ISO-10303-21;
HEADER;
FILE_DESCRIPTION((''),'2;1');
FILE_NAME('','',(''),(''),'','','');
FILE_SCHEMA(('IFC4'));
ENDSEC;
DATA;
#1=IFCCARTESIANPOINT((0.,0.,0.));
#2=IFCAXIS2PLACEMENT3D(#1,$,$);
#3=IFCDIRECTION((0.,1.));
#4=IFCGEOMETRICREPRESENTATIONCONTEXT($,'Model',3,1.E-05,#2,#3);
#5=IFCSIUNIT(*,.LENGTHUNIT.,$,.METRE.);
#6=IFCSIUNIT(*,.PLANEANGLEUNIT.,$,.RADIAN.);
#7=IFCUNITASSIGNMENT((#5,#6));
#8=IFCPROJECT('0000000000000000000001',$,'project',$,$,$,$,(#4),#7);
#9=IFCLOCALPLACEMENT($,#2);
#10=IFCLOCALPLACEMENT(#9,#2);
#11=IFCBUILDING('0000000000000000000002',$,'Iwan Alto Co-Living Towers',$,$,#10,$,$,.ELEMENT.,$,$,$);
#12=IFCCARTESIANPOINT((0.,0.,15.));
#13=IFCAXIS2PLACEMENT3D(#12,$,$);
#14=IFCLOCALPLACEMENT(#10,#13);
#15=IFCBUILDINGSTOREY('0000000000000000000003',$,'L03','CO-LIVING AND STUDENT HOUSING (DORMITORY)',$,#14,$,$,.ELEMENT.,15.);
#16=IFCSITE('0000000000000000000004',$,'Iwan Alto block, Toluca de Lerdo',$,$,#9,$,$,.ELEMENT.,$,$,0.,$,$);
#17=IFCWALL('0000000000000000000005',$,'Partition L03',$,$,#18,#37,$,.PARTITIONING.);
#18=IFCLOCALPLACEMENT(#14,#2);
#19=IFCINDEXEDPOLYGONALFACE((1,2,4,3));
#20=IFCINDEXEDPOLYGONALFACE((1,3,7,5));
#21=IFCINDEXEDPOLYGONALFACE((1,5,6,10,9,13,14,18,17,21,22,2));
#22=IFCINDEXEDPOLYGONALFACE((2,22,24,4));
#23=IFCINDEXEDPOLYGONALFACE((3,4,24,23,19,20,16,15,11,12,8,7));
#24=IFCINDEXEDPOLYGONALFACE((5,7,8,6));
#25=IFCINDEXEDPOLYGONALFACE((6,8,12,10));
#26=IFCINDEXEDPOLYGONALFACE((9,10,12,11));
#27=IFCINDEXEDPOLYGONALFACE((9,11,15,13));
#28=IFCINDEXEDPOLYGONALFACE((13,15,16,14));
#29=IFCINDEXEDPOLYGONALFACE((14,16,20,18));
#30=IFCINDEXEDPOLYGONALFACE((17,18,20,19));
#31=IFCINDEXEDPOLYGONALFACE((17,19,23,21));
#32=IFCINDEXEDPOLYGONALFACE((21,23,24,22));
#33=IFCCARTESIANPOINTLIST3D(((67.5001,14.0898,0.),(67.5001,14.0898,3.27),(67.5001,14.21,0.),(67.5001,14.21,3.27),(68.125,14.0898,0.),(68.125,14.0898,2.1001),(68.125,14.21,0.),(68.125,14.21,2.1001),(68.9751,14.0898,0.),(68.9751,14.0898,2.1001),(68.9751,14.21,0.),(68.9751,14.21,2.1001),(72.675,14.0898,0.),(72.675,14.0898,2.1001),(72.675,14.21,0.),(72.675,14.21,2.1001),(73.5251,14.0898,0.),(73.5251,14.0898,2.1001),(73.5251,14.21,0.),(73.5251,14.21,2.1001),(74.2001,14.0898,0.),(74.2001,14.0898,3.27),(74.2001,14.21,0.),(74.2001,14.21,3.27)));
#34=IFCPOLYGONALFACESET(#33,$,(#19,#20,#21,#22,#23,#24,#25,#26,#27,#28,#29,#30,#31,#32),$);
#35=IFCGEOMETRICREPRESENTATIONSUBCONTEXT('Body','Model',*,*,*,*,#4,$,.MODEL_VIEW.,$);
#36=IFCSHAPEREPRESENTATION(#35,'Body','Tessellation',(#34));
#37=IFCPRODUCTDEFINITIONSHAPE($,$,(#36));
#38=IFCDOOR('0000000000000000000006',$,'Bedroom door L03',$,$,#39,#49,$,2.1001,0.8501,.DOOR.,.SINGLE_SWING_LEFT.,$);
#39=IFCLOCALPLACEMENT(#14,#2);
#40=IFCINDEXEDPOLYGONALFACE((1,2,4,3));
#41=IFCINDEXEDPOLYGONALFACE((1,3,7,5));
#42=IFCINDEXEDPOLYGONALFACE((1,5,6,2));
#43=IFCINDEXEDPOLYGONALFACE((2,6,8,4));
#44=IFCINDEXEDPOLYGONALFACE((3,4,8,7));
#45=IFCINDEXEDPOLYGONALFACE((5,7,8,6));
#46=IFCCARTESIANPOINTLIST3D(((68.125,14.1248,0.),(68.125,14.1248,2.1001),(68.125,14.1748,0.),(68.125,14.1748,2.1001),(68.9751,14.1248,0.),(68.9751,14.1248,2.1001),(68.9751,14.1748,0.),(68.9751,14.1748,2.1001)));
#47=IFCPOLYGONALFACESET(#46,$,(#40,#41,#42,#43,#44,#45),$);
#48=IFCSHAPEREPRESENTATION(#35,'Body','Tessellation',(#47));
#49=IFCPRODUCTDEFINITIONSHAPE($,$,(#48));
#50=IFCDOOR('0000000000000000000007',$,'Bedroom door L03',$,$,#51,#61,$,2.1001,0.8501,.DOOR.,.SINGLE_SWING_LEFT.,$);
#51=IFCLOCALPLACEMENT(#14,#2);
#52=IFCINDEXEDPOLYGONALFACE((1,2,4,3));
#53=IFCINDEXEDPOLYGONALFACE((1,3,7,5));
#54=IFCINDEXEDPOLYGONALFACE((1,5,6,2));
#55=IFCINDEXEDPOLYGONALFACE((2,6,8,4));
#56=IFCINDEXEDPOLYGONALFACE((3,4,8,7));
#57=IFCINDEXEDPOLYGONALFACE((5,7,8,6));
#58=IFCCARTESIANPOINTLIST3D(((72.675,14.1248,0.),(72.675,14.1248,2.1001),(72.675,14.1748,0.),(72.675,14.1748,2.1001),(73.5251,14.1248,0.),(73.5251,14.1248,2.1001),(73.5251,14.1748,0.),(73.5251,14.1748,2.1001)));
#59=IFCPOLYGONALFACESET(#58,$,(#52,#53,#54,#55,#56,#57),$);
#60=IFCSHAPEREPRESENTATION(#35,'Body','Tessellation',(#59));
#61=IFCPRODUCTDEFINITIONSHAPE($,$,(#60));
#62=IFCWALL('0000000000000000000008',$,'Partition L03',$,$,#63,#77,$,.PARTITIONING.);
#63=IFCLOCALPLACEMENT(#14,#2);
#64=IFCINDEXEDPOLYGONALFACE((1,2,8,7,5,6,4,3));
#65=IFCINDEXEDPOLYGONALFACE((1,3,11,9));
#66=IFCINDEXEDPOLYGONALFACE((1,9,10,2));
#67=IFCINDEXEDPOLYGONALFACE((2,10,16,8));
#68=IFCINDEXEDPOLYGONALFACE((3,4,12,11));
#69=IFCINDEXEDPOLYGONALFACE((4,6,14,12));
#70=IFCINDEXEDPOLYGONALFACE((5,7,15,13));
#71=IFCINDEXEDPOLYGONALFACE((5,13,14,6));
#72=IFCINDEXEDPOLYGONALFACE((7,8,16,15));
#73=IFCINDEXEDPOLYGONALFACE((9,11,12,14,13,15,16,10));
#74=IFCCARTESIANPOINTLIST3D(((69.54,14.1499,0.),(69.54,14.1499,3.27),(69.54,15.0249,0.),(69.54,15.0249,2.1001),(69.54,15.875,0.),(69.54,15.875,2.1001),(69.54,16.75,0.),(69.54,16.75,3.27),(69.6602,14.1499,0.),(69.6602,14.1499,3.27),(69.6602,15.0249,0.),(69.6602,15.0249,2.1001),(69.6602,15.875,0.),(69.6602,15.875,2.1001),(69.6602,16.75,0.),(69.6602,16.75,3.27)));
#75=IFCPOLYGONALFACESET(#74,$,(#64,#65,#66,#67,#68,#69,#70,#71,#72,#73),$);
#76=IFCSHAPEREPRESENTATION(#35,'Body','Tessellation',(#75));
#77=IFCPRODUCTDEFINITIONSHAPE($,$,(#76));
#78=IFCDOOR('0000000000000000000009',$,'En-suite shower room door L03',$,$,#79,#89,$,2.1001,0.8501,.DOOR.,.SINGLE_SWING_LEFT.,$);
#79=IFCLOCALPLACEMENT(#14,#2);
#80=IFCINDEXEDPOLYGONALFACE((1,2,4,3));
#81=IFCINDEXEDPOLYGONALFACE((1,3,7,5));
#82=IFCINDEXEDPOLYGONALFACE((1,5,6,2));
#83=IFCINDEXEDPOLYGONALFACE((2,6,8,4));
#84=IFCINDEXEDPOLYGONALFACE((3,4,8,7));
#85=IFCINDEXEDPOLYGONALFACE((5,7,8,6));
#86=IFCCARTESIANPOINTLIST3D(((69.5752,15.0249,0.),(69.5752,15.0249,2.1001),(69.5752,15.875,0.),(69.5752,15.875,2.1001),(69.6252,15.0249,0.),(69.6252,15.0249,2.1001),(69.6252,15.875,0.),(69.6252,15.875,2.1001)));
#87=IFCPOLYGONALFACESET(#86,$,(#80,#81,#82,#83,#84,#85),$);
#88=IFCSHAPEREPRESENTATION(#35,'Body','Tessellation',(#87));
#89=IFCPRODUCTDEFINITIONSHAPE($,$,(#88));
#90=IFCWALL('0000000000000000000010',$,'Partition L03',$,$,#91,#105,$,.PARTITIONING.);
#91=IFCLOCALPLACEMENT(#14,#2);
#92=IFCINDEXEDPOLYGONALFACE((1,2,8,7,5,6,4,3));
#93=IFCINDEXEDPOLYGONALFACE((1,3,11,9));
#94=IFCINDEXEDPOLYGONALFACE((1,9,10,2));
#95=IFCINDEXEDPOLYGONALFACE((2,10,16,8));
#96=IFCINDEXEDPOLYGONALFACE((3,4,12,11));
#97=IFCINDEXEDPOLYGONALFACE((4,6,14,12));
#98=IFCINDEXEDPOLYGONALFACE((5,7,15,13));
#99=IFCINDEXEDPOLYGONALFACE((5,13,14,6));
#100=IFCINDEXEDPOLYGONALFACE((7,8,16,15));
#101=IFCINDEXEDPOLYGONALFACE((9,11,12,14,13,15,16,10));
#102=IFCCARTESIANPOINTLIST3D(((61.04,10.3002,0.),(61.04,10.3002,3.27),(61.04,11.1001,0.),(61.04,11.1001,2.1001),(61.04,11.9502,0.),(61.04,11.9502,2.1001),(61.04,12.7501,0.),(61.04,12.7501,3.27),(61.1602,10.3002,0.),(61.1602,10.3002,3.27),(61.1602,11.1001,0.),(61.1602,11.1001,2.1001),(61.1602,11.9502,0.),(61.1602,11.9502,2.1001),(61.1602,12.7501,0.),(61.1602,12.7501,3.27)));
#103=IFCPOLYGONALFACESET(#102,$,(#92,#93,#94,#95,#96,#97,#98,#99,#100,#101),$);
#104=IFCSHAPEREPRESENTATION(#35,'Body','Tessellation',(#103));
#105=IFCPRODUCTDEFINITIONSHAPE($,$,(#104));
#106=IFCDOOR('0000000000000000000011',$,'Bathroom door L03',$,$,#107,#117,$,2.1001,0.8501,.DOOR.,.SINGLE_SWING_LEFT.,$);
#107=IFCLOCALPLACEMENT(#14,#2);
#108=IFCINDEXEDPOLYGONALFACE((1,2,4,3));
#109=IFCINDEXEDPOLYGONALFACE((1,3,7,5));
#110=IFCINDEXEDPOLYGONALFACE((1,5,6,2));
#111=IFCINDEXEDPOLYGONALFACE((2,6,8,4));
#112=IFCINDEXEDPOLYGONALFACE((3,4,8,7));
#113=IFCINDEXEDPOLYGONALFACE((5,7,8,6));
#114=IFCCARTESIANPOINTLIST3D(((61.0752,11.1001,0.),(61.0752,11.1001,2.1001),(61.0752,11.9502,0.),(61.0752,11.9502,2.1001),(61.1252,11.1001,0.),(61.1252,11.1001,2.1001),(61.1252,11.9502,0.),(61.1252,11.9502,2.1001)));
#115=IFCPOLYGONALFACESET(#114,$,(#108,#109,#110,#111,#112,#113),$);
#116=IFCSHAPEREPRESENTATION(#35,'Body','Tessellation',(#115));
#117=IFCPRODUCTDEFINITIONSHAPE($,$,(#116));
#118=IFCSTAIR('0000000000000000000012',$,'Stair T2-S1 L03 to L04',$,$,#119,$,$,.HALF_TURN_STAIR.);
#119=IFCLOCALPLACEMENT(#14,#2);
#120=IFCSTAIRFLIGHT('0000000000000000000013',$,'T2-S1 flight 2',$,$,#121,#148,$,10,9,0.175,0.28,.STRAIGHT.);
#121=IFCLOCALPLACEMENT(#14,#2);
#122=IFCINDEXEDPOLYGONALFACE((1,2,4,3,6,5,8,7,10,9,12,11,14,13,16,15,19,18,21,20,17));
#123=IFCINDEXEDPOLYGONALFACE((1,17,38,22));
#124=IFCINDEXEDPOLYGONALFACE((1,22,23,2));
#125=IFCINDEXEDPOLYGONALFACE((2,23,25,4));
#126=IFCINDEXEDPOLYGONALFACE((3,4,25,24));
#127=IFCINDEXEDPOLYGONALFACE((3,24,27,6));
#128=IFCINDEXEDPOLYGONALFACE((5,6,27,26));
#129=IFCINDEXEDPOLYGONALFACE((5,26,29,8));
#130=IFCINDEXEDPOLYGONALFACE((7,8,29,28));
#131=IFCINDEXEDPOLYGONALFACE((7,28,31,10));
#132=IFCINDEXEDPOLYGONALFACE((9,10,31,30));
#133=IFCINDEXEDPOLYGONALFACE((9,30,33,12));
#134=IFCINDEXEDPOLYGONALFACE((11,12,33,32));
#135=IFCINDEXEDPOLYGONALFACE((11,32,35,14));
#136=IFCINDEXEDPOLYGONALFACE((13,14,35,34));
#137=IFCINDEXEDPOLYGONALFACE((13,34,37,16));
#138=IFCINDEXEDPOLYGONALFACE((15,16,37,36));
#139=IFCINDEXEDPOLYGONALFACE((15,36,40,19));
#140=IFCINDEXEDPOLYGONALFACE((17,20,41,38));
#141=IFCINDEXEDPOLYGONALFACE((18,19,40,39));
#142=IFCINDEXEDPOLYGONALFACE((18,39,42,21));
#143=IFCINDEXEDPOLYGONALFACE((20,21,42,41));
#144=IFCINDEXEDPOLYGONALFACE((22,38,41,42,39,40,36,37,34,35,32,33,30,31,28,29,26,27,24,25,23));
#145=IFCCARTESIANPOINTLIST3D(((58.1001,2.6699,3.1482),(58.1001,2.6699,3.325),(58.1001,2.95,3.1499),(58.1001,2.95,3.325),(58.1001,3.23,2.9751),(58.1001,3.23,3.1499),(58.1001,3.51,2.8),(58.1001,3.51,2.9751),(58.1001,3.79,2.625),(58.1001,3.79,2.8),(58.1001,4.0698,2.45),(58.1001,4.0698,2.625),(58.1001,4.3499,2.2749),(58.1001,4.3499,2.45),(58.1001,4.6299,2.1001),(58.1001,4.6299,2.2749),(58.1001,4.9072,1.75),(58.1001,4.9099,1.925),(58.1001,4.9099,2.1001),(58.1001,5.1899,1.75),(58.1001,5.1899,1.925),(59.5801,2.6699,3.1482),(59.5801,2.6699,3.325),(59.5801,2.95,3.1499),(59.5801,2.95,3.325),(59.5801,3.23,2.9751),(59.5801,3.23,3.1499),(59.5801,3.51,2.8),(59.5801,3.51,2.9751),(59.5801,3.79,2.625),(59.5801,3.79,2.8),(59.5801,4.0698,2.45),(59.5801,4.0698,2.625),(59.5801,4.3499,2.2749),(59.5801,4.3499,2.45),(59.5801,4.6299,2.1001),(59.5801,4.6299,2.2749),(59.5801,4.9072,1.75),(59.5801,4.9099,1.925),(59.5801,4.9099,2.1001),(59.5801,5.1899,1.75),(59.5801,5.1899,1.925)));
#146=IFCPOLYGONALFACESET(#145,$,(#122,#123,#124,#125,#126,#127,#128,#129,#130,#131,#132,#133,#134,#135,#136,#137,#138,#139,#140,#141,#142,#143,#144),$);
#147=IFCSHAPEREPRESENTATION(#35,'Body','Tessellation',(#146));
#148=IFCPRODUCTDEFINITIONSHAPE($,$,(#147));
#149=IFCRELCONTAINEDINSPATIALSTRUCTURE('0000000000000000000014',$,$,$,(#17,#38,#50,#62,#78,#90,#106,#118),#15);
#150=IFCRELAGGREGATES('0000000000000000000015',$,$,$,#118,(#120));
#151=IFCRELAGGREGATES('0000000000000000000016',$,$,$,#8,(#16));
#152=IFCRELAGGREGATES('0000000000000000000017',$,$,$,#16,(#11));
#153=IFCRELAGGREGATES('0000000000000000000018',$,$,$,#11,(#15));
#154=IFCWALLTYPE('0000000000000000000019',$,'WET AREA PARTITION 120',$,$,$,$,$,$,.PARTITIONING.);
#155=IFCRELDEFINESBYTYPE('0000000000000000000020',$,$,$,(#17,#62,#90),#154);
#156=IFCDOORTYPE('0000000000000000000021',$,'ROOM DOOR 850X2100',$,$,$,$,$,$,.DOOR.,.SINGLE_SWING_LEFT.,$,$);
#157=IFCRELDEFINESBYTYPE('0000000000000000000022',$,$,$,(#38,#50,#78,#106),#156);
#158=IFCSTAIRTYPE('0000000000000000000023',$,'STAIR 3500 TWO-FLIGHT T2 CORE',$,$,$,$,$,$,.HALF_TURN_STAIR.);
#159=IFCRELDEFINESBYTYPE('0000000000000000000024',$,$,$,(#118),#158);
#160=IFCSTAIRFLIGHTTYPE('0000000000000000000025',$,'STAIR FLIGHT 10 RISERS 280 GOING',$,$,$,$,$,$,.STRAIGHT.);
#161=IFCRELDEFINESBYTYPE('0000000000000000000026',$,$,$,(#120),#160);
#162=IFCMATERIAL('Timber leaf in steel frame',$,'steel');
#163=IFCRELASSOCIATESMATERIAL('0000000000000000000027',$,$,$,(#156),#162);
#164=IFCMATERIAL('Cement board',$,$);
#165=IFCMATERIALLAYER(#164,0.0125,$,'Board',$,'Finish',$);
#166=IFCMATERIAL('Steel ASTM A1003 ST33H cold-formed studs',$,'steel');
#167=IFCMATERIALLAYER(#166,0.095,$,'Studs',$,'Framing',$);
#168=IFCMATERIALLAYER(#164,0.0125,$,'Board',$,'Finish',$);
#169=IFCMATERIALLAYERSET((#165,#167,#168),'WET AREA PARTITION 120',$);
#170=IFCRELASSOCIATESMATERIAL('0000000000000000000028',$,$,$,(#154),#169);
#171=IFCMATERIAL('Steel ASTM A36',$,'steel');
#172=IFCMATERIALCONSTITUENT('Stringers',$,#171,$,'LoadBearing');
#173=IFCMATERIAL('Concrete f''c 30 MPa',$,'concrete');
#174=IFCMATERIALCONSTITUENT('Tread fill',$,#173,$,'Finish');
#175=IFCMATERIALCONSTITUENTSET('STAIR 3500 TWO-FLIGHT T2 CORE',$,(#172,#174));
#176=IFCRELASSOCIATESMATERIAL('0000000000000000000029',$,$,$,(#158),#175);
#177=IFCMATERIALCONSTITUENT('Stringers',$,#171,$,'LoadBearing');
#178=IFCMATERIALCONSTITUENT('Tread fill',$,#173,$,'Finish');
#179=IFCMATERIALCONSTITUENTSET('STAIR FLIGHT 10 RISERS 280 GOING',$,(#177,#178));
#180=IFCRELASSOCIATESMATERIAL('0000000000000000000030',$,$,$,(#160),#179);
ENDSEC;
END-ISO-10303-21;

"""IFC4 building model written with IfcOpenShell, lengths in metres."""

from ifc_helpers import new_model, si_unit, direction, frame, frame_2d, origin, place, context, subcontext, project, spatial, polyline, rectangle, outline, extrude, material, layer, layer_set, constituent, constituent_set, type_object, element, fill, aggregate, save


model = new_model("IFC4")

# Units and contexts
model_context = context("Model", 3, precision=1e-05, world=origin(), true_north=direction((0.0, 1.0)))
body_context = subcontext(model_context, "Body", "Model", "MODEL_VIEW")
ifc_project = project(units=[si_unit("LENGTHUNIT", "METRE"), si_unit("PLANEANGLEUNIT", "RADIAN")], contexts=[model_context])

# Site, building, storey
site_placement = place(None, origin())
site = spatial("IfcSite", under=ifc_project, at=site_placement, Name="Iwan Alto block, Toluca de Lerdo", CompositionType="ELEMENT", RefElevation=0.0)
building_placement = place(site_placement, origin())
building = spatial("IfcBuilding", under=site, at=building_placement, Name="Iwan Alto Co-Living Towers", CompositionType="ELEMENT")
storey_placement = place(building_placement, frame((0.0, 0.0, 15.0)))
storey = spatial("IfcBuildingStorey", under=building, at=storey_placement, Name="L03", Description="CO-LIVING AND STUDENT HOUSING (DORMITORY)", CompositionType="ELEMENT", Elevation=15.0)

# Shared definitions
ifc_material_1 = material(Name="Steel ASTM A1003 ST33H cold-formed studs", Category="steel")
ifc_material_2 = material(Name="Timber leaf in steel frame", Category="steel")
door_type_1 = type_object("IfcDoorType", Name="ROOM DOOR 850X2100", OperationType="SINGLE_SWING_LEFT", PredefinedType="DOOR", material=ifc_material_2)

# Wall, openings, doors
ifc_material_3 = material(Name="Cement board")
ifc_layer_1 = layer(ifc_material_3, 0.0125, Name="Board", Category="Finish")
ifc_layer_2 = layer(ifc_material_1, 0.095, Name="Studs", Category="Framing")
ifc_layer_3 = layer(ifc_material_3, 0.0125, Name="Board", Category="Finish")
ifc_layer_set_1 = layer_set([ifc_layer_1, ifc_layer_2, ifc_layer_3], Name="WET AREA PARTITION 120")
wall_type_1 = type_object("IfcWallType", Name="WET AREA PARTITION 120", PredefinedType="PARTITIONING", material=ifc_layer_set_1)
wall_1_placement = place(storey_placement, frame((67.5, 14.1499, 0.0), z_axis=(0.0, 0.0, 1.0), x_axis=(1.0, 0.0, 0.0)))
wall_1 = element("IfcWall", 1, at=wall_1_placement, inside=storey, type_object=wall_type_1, Name="Partition L03", PredefinedType="PARTITIONING", context=body_context, shape_type="SweptSolid", body=[
    extrude(rectangle(XDim=6.7, YDim=0.1201, at=frame_2d((3.3501, 0.0))), origin(), (0.0, 0.0, 1.0), 3.27),
])
opening_1_placement = place(wall_1_placement, frame((0.625, 0.0, 0.0)))
opening_1 = element("IfcOpeningElement", 2, at=opening_1_placement, cuts=wall_1, PredefinedType="OPENING", context=body_context, shape_type="SweptSolid", body=[
    extrude(rectangle(XDim=0.8501, YDim=2.1001, at=frame_2d((0.425, 1.05))), frame((0.0, 0.0701, 0.0), z_axis=(0.0, -1.0, 0.0), x_axis=(1.0, 0.0, 0.0)), (0.0, 0.0, 1.0), 0.1401),
])
opening_2_placement = place(wall_1_placement, frame((5.175, 0.0, 0.0)))
opening_2 = element("IfcOpeningElement", 3, at=opening_2_placement, cuts=wall_1, PredefinedType="OPENING", context=body_context, shape_type="SweptSolid", body=[
    extrude(rectangle(XDim=0.8501, YDim=2.1001, at=frame_2d((0.425, 1.05))), frame((0.0, 0.0701, 0.0), z_axis=(0.0, -1.0, 0.0), x_axis=(1.0, 0.0, 0.0)), (0.0, 0.0, 1.0), 0.1401),
])
door_1_placement = place(opening_1_placement, origin())
door_1 = element("IfcDoor", 4, at=door_1_placement, inside=storey, type_object=door_type_1, Name="Bedroom door L03", OperationType="SINGLE_SWING_LEFT", OverallHeight=2.1001, OverallWidth=0.8501, PredefinedType="DOOR", context=body_context, shape_type="SweptSolid", body=[
    extrude(rectangle(XDim=0.8501, YDim=2.1001, at=frame_2d((0.425, 1.05))), frame((0.0, 0.0249, 0.0), z_axis=(0.0, -1.0, 0.0), x_axis=(1.0, 0.0, 0.0)), (0.0, 0.0, 1.0), 0.05),
])
fill(opening_1, door_1)
door_2_placement = place(opening_2_placement, origin())
door_2 = element("IfcDoor", 5, at=door_2_placement, inside=storey, type_object=door_type_1, Name="Bedroom door L03", OperationType="SINGLE_SWING_LEFT", OverallHeight=2.1001, OverallWidth=0.8501, PredefinedType="DOOR", context=body_context, shape_type="SweptSolid", body=[
    extrude(rectangle(XDim=0.8501, YDim=2.1001, at=frame_2d((0.425, 1.05))), frame((0.0, 0.0249, 0.0), z_axis=(0.0, -1.0, 0.0), x_axis=(1.0, 0.0, 0.0)), (0.0, 0.0, 1.0), 0.05),
])
fill(opening_2, door_2)

# Walls, openings, doors
wall_2_placement = place(storey_placement, frame((69.6001, 14.1499, 0.0), z_axis=(0.0, 0.0, 1.0), x_axis=(0.0, 1.0, 0.0)))
wall_2 = element("IfcWall", 6, at=wall_2_placement, inside=storey, type_object=wall_type_1, Name="Partition L03", PredefinedType="PARTITIONING", context=body_context, shape_type="SweptSolid", body=[
    extrude(rectangle(XDim=2.6001, YDim=0.1201, at=frame_2d((1.3, 0.0))), origin(), (0.0, 0.0, 1.0), 3.27),
])
opening_3_placement = place(wall_2_placement, frame((0.875, 0.0, 0.0)))
opening_3 = element("IfcOpeningElement", 7, at=opening_3_placement, cuts=wall_2, PredefinedType="OPENING", context=body_context, shape_type="SweptSolid", body=[
    extrude(rectangle(XDim=0.8501, YDim=2.1001, at=frame_2d((0.425, 1.05))), frame((0.0, 0.0701, 0.0), z_axis=(0.0, -1.0, 0.0), x_axis=(1.0, 0.0, 0.0)), (0.0, 0.0, 1.0), 0.1401),
])
door_3_placement = place(opening_3_placement, origin())
door_3 = element("IfcDoor", 8, at=door_3_placement, inside=storey, type_object=door_type_1, Name="En-suite shower room door L03", OperationType="SINGLE_SWING_LEFT", OverallHeight=2.1001, OverallWidth=0.8501, PredefinedType="DOOR", context=body_context, shape_type="SweptSolid", body=[
    extrude(rectangle(XDim=0.8501, YDim=2.1001, at=frame_2d((0.425, 1.05))), frame((0.0, 0.0249, 0.0), z_axis=(0.0, -1.0, 0.0), x_axis=(1.0, 0.0, 0.0)), (0.0, 0.0, 1.0), 0.05),
])
fill(opening_3, door_3)
wall_3_placement = place(storey_placement, frame((61.1001, 10.3, 0.0), z_axis=(0.0, 0.0, 1.0), x_axis=(0.0, 1.0, 0.0)))
wall_3 = element("IfcWall", 9, at=wall_3_placement, inside=storey, type_object=wall_type_1, Name="Partition L03", PredefinedType="PARTITIONING", context=body_context, shape_type="SweptSolid", body=[
    extrude(rectangle(XDim=2.45, YDim=0.1201, at=frame_2d((1.2251, 0.0))), origin(), (0.0, 0.0, 1.0), 3.27),
])
opening_4_placement = place(wall_3_placement, frame((0.8, 0.0, 0.0)))
opening_4 = element("IfcOpeningElement", 10, at=opening_4_placement, cuts=wall_3, PredefinedType="OPENING", context=body_context, shape_type="SweptSolid", body=[
    extrude(rectangle(XDim=0.8501, YDim=2.1001, at=frame_2d((0.425, 1.05))), frame((0.0, 0.0701, 0.0), z_axis=(0.0, -1.0, 0.0), x_axis=(1.0, 0.0, 0.0)), (0.0, 0.0, 1.0), 0.1401),
])
door_4_placement = place(opening_4_placement, origin())
door_4 = element("IfcDoor", 11, at=door_4_placement, inside=storey, type_object=door_type_1, Name="Bathroom door L03", OperationType="SINGLE_SWING_LEFT", OverallHeight=2.1001, OverallWidth=0.8501, PredefinedType="DOOR", context=body_context, shape_type="SweptSolid", body=[
    extrude(rectangle(XDim=0.8501, YDim=2.1001, at=frame_2d((0.425, 1.05))), frame((0.0, 0.0249, 0.0), z_axis=(0.0, -1.0, 0.0), x_axis=(1.0, 0.0, 0.0)), (0.0, 0.0, 1.0), 0.05),
])
fill(opening_4, door_4)

# Stair, stair flight
ifc_material_4 = material(Name="Steel ASTM A36", Category="steel")
ifc_constituent_1 = constituent(ifc_material_4, Name="Stringers", Category="LoadBearing")
ifc_material_5 = material(Name="Concrete f'c 30 MPa", Category="concrete")
ifc_constituent_2 = constituent(ifc_material_5, Name="Tread fill", Category="Finish")
ifc_constituent_set_1 = constituent_set(constituents=[ifc_constituent_1, ifc_constituent_2], Name="STAIR 3500 TWO-FLIGHT T2 CORE")
stair_type = type_object("IfcStairType", Name="STAIR 3500 TWO-FLIGHT T2 CORE", PredefinedType="HALF_TURN_STAIR", material=ifc_constituent_set_1)
stair_placement = place(storey_placement, origin())
stair = element("IfcStair", 12, at=stair_placement, inside=storey, type_object=stair_type, Name="Stair T2-S1 L03 to L04", PredefinedType="HALF_TURN_STAIR")
ifc_constituent_3 = constituent(ifc_material_4, Name="Stringers", Category="LoadBearing")
ifc_constituent_4 = constituent(ifc_material_5, Name="Tread fill", Category="Finish")
ifc_constituent_set_2 = constituent_set(constituents=[ifc_constituent_3, ifc_constituent_4], Name="STAIR FLIGHT 10 RISERS 280 GOING")
stair_flight_type = type_object("IfcStairFlightType", Name="STAIR FLIGHT 10 RISERS 280 GOING", PredefinedType="STRAIGHT", material=ifc_constituent_set_2)
stair_flight_placement = place(storey_placement, frame((58.8401, 5.1899, 1.75), z_axis=(0.0, 0.0, 1.0), x_axis=(0.0, -1.0, 0.0)))
stair_flight = element("IfcStairFlight", 13, at=stair_flight_placement, type_object=stair_flight_type, Name="T2-S1 flight 2", NumberOfRisers=10, NumberOfTreads=9, PredefinedType="STRAIGHT", RiserHeight=0.175, TreadLength=0.28, context=body_context, shape_type="SweptSolid", body=[
    extrude(outline(polyline([(0.0, 0.0), (0.0, 0.175), (0.28, 0.175), (0.28, 0.3501), (0.5601, 0.3501), (0.5601, 0.5249), (0.8401, 0.5249), (0.8401, 0.7), (1.1201, 0.7), (1.1201, 0.875), (1.3999, 0.875), (1.3999, 1.05), (1.6799, 1.05), (1.6799, 1.2251), (1.96, 1.2251), (1.96, 1.3999), (2.24, 1.3999), (2.24, 1.575), (2.52, 1.575), (2.52, 1.75), (2.52, 1.3982), (0.2827, 0.0), (0.0, 0.0)])), frame((0.0, 0.74, 0.0), z_axis=(0.0, -1.0, 0.0), x_axis=(1.0, 0.0, 0.0)), (0.0, 0.0, 1.0), 1.48),
])
aggregate(stair, [stair_flight])

save(model, "model.ifc")
